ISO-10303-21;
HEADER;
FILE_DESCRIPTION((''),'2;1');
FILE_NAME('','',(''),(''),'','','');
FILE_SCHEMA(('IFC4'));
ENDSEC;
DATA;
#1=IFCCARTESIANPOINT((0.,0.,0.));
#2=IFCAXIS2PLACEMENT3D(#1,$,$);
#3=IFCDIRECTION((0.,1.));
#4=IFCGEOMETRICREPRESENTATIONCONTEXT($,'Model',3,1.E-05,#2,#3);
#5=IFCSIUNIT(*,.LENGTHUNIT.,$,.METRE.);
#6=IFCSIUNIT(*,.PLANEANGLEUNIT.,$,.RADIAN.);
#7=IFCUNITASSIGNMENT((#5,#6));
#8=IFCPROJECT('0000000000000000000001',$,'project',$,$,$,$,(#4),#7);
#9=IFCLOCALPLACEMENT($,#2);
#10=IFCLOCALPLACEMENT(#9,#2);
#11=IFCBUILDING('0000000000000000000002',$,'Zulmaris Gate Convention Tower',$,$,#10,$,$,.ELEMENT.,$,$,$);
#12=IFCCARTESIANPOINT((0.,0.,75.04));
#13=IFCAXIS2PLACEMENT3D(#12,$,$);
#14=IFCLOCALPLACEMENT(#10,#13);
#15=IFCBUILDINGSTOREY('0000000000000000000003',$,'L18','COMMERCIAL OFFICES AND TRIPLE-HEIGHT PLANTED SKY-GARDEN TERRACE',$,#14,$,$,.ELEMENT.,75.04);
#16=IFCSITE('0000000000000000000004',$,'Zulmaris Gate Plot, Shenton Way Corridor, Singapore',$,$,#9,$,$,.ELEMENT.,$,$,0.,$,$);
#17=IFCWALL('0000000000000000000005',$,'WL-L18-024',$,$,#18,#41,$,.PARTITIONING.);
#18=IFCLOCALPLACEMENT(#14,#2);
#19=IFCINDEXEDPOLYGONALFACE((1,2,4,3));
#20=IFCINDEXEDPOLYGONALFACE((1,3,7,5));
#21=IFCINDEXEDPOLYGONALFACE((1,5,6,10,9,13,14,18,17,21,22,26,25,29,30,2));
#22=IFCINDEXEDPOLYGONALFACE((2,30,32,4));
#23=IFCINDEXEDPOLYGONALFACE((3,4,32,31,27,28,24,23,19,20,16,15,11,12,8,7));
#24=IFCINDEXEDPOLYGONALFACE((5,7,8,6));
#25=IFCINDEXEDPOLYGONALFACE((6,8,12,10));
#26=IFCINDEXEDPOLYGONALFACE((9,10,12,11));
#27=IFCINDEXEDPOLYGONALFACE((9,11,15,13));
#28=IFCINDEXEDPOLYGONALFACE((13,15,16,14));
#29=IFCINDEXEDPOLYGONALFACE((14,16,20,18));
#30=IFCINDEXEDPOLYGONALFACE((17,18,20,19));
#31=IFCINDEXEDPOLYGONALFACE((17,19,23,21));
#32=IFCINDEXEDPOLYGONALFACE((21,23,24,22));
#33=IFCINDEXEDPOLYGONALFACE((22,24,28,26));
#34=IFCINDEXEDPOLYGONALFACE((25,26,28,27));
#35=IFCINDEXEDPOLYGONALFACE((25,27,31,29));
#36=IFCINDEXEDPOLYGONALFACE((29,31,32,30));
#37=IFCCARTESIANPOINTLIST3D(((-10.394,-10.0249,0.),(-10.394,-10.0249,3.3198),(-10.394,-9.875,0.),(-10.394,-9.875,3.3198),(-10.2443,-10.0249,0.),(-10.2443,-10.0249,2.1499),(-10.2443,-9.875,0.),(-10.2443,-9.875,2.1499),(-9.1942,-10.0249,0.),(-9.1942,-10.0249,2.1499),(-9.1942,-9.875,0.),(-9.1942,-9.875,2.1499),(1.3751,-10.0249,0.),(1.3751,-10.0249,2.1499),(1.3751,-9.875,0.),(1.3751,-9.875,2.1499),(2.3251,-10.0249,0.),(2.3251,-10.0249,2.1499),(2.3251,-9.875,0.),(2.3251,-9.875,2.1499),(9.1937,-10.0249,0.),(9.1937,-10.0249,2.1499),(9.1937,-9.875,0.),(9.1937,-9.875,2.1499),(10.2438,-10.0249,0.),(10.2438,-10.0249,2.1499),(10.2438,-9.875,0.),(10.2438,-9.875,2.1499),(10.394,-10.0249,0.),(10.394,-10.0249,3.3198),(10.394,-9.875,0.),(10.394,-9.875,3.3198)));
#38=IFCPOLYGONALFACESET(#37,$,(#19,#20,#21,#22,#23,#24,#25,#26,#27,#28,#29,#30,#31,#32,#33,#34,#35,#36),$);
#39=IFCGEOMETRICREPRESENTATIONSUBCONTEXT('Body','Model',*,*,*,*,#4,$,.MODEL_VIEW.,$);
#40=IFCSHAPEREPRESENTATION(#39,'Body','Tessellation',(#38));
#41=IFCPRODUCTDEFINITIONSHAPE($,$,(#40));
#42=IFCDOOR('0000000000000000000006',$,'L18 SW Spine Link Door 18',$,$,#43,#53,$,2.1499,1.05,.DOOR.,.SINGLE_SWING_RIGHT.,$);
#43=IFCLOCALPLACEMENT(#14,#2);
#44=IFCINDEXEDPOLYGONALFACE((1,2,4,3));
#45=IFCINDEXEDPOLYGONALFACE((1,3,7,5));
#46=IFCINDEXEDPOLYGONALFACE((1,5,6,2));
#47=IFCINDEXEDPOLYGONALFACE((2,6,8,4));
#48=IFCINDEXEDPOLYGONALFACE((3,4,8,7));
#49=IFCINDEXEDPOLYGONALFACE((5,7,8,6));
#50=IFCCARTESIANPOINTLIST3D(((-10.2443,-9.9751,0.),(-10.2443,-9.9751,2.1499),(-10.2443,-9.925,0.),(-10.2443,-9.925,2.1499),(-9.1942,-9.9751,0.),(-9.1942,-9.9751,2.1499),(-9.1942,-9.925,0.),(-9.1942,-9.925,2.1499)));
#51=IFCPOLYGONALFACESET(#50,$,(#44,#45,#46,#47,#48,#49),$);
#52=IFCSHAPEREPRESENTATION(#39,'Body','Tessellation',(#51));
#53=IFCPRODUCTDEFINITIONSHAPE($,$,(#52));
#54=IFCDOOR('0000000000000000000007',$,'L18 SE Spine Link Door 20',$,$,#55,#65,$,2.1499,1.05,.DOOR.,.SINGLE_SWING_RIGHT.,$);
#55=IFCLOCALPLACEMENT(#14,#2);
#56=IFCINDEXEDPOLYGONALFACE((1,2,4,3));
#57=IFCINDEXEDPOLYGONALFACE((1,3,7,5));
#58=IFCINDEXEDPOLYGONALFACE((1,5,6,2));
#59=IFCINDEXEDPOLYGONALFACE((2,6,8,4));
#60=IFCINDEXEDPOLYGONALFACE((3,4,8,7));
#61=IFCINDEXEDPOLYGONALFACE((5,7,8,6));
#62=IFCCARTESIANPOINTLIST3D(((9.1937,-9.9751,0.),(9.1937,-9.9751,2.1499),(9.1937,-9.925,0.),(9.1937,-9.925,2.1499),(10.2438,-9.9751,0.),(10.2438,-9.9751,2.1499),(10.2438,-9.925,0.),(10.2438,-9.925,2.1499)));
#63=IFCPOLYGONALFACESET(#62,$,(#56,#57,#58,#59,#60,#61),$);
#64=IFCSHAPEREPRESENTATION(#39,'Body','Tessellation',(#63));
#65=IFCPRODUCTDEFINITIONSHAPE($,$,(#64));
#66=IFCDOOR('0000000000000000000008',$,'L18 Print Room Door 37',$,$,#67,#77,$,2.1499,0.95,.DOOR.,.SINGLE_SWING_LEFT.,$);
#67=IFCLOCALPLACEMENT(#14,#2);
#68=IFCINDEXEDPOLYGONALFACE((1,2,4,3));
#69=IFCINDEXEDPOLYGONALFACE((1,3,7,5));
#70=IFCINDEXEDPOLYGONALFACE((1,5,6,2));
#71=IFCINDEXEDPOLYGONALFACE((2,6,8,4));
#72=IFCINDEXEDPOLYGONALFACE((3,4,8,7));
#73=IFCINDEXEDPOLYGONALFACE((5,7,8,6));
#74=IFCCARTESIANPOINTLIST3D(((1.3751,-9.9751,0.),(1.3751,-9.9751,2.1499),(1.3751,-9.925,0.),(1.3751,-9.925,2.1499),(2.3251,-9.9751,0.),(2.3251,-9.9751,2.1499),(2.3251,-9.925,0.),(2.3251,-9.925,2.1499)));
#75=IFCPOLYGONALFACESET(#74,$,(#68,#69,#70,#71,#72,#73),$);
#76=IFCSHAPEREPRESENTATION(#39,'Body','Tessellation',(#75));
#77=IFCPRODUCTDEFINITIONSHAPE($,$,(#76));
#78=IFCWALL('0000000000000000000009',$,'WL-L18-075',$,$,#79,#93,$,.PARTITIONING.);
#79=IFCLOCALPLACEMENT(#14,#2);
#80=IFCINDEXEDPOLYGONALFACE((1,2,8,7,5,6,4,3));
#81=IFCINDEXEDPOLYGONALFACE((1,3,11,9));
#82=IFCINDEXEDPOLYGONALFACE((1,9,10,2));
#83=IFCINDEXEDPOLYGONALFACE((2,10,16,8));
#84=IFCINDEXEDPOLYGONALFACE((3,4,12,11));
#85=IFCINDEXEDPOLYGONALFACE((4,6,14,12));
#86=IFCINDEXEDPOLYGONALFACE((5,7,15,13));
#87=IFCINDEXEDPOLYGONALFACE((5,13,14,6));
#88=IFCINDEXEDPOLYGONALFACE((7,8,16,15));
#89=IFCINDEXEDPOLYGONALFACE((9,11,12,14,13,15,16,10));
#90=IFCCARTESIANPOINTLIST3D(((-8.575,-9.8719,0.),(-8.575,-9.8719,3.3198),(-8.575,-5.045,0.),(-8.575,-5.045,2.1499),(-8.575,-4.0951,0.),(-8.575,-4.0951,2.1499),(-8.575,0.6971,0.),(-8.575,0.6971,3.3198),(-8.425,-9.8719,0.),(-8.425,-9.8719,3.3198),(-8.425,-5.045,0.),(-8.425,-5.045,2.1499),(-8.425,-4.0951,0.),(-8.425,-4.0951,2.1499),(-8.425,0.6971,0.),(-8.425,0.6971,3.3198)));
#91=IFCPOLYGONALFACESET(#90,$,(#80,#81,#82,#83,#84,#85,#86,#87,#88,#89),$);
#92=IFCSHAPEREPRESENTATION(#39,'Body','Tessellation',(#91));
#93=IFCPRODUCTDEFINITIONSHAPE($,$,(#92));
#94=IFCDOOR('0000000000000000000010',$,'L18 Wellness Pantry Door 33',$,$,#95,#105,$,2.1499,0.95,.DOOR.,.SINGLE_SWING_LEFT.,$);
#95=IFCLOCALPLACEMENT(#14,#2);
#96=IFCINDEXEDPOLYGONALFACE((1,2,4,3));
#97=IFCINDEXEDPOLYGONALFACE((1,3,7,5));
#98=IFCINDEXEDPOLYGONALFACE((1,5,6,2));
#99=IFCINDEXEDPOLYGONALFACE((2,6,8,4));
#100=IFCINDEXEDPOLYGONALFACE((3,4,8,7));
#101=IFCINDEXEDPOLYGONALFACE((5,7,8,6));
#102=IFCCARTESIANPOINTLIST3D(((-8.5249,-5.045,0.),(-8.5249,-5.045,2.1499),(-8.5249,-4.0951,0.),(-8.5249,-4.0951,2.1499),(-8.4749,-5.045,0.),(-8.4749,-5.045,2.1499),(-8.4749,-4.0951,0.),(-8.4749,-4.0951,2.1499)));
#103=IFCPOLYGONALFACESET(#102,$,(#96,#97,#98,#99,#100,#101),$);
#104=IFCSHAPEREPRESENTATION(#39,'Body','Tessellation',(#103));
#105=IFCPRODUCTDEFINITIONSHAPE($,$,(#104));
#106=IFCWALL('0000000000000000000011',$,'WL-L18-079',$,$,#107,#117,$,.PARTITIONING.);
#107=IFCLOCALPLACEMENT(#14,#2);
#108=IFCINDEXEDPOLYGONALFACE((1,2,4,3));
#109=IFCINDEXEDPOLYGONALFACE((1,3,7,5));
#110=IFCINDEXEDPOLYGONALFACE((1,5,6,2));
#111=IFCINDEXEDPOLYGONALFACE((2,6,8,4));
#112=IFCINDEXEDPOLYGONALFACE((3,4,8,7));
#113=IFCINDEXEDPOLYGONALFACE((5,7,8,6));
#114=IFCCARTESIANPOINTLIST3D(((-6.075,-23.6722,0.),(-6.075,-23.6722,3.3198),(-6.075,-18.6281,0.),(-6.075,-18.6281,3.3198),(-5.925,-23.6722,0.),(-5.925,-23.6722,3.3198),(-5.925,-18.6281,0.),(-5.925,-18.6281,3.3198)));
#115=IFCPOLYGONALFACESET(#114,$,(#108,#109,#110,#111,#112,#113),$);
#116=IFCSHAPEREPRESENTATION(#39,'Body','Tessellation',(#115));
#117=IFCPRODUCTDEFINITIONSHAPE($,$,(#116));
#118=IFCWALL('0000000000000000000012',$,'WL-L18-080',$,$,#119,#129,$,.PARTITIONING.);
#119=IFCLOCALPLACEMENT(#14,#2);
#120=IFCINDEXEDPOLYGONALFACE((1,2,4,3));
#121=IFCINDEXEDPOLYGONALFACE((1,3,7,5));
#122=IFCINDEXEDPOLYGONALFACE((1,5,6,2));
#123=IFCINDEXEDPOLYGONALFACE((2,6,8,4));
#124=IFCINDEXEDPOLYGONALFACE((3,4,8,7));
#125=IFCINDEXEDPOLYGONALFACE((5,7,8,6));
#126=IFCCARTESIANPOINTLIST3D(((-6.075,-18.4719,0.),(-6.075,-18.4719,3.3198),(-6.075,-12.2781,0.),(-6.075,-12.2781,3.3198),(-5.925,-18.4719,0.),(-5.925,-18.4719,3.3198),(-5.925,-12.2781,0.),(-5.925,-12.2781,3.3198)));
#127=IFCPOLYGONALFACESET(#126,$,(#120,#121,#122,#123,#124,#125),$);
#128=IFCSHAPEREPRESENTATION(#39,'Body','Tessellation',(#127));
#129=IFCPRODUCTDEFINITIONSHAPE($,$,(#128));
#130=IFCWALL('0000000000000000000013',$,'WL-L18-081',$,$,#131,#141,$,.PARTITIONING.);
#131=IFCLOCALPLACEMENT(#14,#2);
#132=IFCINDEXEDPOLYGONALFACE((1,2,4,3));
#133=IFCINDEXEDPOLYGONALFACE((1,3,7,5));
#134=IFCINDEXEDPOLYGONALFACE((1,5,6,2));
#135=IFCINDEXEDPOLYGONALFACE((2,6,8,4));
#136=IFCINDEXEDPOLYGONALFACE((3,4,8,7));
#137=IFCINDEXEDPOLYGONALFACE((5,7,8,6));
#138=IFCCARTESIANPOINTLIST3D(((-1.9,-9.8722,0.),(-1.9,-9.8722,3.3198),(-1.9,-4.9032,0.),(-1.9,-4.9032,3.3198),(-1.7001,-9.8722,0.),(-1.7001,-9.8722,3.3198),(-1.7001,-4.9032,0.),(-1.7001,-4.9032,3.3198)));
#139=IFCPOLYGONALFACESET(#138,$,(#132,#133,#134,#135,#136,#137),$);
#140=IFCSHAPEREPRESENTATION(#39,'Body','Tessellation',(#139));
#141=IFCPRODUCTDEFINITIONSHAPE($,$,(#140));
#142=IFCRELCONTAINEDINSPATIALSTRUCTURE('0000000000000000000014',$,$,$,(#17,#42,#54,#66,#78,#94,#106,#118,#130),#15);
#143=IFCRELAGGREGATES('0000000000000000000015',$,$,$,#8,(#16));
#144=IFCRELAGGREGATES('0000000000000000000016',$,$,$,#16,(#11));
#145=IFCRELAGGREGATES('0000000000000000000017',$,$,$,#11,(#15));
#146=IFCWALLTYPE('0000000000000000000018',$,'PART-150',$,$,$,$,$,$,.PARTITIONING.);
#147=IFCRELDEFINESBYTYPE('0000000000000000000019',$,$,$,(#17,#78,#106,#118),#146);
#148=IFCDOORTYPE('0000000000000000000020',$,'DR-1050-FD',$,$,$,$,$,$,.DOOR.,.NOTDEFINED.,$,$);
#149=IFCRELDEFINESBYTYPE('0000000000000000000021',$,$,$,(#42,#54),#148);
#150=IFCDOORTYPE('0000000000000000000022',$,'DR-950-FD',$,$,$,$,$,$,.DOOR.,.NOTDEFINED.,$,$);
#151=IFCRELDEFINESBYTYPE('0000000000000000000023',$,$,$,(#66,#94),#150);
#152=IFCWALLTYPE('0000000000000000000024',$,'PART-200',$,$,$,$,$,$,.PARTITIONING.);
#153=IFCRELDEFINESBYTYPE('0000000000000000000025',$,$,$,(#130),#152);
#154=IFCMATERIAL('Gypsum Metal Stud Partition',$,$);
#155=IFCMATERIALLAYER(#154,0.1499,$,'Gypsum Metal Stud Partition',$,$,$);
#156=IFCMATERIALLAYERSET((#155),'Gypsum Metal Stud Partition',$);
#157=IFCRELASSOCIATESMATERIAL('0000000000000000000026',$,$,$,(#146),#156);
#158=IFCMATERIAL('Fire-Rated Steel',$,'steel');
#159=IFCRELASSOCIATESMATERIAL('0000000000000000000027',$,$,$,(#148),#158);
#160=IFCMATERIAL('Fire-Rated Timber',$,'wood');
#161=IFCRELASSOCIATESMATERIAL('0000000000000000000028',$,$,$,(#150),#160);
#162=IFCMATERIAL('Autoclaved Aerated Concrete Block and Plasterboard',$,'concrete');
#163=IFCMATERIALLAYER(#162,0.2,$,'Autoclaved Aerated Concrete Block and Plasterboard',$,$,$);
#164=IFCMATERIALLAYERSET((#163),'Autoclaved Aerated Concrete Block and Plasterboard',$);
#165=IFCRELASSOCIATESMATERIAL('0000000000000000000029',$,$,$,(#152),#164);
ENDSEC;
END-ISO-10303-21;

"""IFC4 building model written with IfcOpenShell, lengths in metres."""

from ifc_helpers import new_model, si_unit, direction, frame, frame_2d, origin, place, context, subcontext, project, spatial, rectangle, extrude, material, layer, layer_set, type_object, element, fill, save


model = new_model("IFC4")

# Units and contexts
model_context = context("Model", 3, precision=1e-05, world=origin(), true_north=direction((0.0, 1.0)))
body_context = subcontext(model_context, "Body", "Model", "MODEL_VIEW")
ifc_project = project(units=[si_unit("LENGTHUNIT", "METRE"), si_unit("PLANEANGLEUNIT", "RADIAN")], contexts=[model_context])

# Site, building, storey
site_placement = place(None, origin())
site = spatial("IfcSite", under=ifc_project, at=site_placement, Name="Zulmaris Gate Plot, Shenton Way Corridor, Singapore", CompositionType="ELEMENT", RefElevation=0.0)
building_placement = place(site_placement, origin())
building = spatial("IfcBuilding", under=site, at=building_placement, Name="Zulmaris Gate Convention Tower", CompositionType="ELEMENT")
storey_placement = place(building_placement, frame((0.0, 0.0, 75.04)))
storey = spatial("IfcBuildingStorey", under=building, at=storey_placement, Name="L18", Description="COMMERCIAL OFFICES AND TRIPLE-HEIGHT PLANTED SKY-GARDEN TERRACE", CompositionType="ELEMENT", Elevation=75.04)

# Shared definitions
ifc_material_1 = material(Name="Gypsum Metal Stud Partition")
ifc_layer_1 = layer(ifc_material_1, 0.1499, Name="Gypsum Metal Stud Partition")
ifc_layer_set_1 = layer_set([ifc_layer_1], Name="Gypsum Metal Stud Partition")
wall_type_1 = type_object("IfcWallType", Name="PART-150", PredefinedType="PARTITIONING", material=ifc_layer_set_1)

# Wall, openings, doors
wall_1_placement = place(storey_placement, frame((-10.394, -9.95, 0.0), z_axis=(0.0, 0.0, 1.0), x_axis=(1.0, 0.0, 0.0)))
wall_1 = element("IfcWall", 1, at=wall_1_placement, inside=storey, type_object=wall_type_1, Name="WL-L18-024", PredefinedType="PARTITIONING", context=body_context, shape_type="SweptSolid", body=[
    extrude(rectangle(XDim=20.7881, YDim=0.1499, at=frame_2d((10.394, 0.0))), origin(), (0.0, 0.0, 1.0), 3.3198),
])
opening_1_placement = place(wall_1_placement, frame((0.1499, 0.0, 0.0)))
opening_1 = element("IfcOpeningElement", 2, at=opening_1_placement, cuts=wall_1, PredefinedType="OPENING", context=body_context, shape_type="SweptSolid", body=[
    extrude(rectangle(XDim=1.05, YDim=2.1499, at=frame_2d((0.5249, 1.075))), frame((0.0, 0.085, 0.0), z_axis=(0.0, -1.0, 0.0), x_axis=(1.0, 0.0, 0.0)), (0.0, 0.0, 1.0), 0.1699),
])
opening_2_placement = place(wall_1_placement, frame((19.5879, 0.0, 0.0)))
opening_2 = element("IfcOpeningElement", 3, at=opening_2_placement, cuts=wall_1, PredefinedType="OPENING", context=body_context, shape_type="SweptSolid", body=[
    extrude(rectangle(XDim=1.05, YDim=2.1499, at=frame_2d((0.5249, 1.075))), frame((0.0, 0.085, 0.0), z_axis=(0.0, -1.0, 0.0), x_axis=(1.0, 0.0, 0.0)), (0.0, 0.0, 1.0), 0.1699),
])
opening_3_placement = place(wall_1_placement, frame((11.769, 0.0, 0.0)))
opening_3 = element("IfcOpeningElement", 4, at=opening_3_placement, cuts=wall_1, PredefinedType="OPENING", context=body_context, shape_type="SweptSolid", body=[
    extrude(rectangle(XDim=0.95, YDim=2.1499, at=frame_2d((0.4751, 1.075))), frame((0.0, 0.085, 0.0), z_axis=(0.0, -1.0, 0.0), x_axis=(1.0, 0.0, 0.0)), (0.0, 0.0, 1.0), 0.1699),
])
ifc_material_2 = material(Name="Fire-Rated Steel", Category="steel")
door_type_1 = type_object("IfcDoorType", Name="DR-1050-FD", OperationType="NOTDEFINED", PredefinedType="DOOR", material=ifc_material_2)
door_1_placement = place(opening_1_placement, origin())
door_1 = element("IfcDoor", 5, at=door_1_placement, inside=storey, type_object=door_type_1, Name="L18 SW Spine Link Door 18", OperationType="SINGLE_SWING_RIGHT", OverallHeight=2.1499, OverallWidth=1.05, PredefinedType="DOOR", context=body_context, shape_type="SweptSolid", body=[
    extrude(rectangle(XDim=1.05, YDim=2.1499, at=frame_2d((0.5249, 1.075))), frame((0.0, 0.0249, 0.0), z_axis=(0.0, -1.0, 0.0), x_axis=(1.0, 0.0, 0.0)), (0.0, 0.0, 1.0), 0.05),
])
fill(opening_1, door_1)
door_2_placement = place(opening_2_placement, origin())
door_2 = element("IfcDoor", 6, at=door_2_placement, inside=storey, type_object=door_type_1, Name="L18 SE Spine Link Door 20", OperationType="SINGLE_SWING_RIGHT", OverallHeight=2.1499, OverallWidth=1.05, PredefinedType="DOOR", context=body_context, shape_type="SweptSolid", body=[
    extrude(rectangle(XDim=1.05, YDim=2.1499, at=frame_2d((0.5249, 1.075))), frame((0.0, 0.0249, 0.0), z_axis=(0.0, -1.0, 0.0), x_axis=(1.0, 0.0, 0.0)), (0.0, 0.0, 1.0), 0.05),
])
fill(opening_2, door_2)
ifc_material_3 = material(Name="Fire-Rated Timber", Category="wood")
door_type_2 = type_object("IfcDoorType", Name="DR-950-FD", OperationType="NOTDEFINED", PredefinedType="DOOR", material=ifc_material_3)
door_3_placement = place(opening_3_placement, origin())
door_3 = element("IfcDoor", 7, at=door_3_placement, inside=storey, type_object=door_type_2, Name="L18 Print Room Door 37", OperationType="SINGLE_SWING_LEFT", OverallHeight=2.1499, OverallWidth=0.95, PredefinedType="DOOR", context=body_context, shape_type="SweptSolid", body=[
    extrude(rectangle(XDim=0.95, YDim=2.1499, at=frame_2d((0.4751, 1.075))), frame((0.0, 0.0249, 0.0), z_axis=(0.0, -1.0, 0.0), x_axis=(1.0, 0.0, 0.0)), (0.0, 0.0, 1.0), 0.05),
])
fill(opening_3, door_3)

# Wall, opening, door
wall_2_placement = place(storey_placement, frame((-8.5, -9.8721, 0.0), z_axis=(0.0, 0.0, 1.0), x_axis=(0.0, 1.0, 0.0)))
wall_2 = element("IfcWall", 8, at=wall_2_placement, inside=storey, type_object=wall_type_1, Name="WL-L18-075", PredefinedType="PARTITIONING", context=body_context, shape_type="SweptSolid", body=[
    extrude(rectangle(XDim=10.5691, YDim=0.1499, at=frame_2d((5.2847, 0.0))), origin(), (0.0, 0.0, 1.0), 3.3198),
])
opening_4_placement = place(wall_2_placement, frame((4.8269, 0.0, 0.0)))
opening_4 = element("IfcOpeningElement", 9, at=opening_4_placement, cuts=wall_2, PredefinedType="OPENING", context=body_context, shape_type="SweptSolid", body=[
    extrude(rectangle(XDim=0.95, YDim=2.1499, at=frame_2d((0.4751, 1.075))), frame((0.0, 0.085, 0.0), z_axis=(0.0, -1.0, 0.0), x_axis=(1.0, 0.0, 0.0)), (0.0, 0.0, 1.0), 0.1699),
])
door_4_placement = place(opening_4_placement, origin())
door_4 = element("IfcDoor", 10, at=door_4_placement, inside=storey, type_object=door_type_2, Name="L18 Wellness Pantry Door 33", OperationType="SINGLE_SWING_LEFT", OverallHeight=2.1499, OverallWidth=0.95, PredefinedType="DOOR", context=body_context, shape_type="SweptSolid", body=[
    extrude(rectangle(XDim=0.95, YDim=2.1499, at=frame_2d((0.4751, 1.075))), frame((0.0, 0.0249, 0.0), z_axis=(0.0, -1.0, 0.0), x_axis=(1.0, 0.0, 0.0)), (0.0, 0.0, 1.0), 0.05),
])
fill(opening_4, door_4)

# Walls
wall_3_placement = place(storey_placement, frame((-6.0, -23.6721, 0.0), z_axis=(0.0, 0.0, 1.0), x_axis=(0.0, 1.0, 0.0)))
element("IfcWall", 11, at=wall_3_placement, inside=storey, type_object=wall_type_1, Name="WL-L18-079", PredefinedType="PARTITIONING", context=body_context, shape_type="SweptSolid", body=[
    extrude(rectangle(XDim=5.0442, YDim=0.1499, at=frame_2d((2.522, 0.0))), origin(), (0.0, 0.0, 1.0), 3.3198),
])
wall_4_placement = place(storey_placement, frame((-6.0, -18.4719, 0.0), z_axis=(0.0, 0.0, 1.0), x_axis=(0.0, 1.0, 0.0)))
element("IfcWall", 12, at=wall_4_placement, inside=storey, type_object=wall_type_1, Name="WL-L18-080", PredefinedType="PARTITIONING", context=body_context, shape_type="SweptSolid", body=[
    extrude(rectangle(XDim=6.1938, YDim=0.1499, at=frame_2d((3.0969, 0.0))), origin(), (0.0, 0.0, 1.0), 3.3198),
])
ifc_material_4 = material(Name="Autoclaved Aerated Concrete Block and Plasterboard", Category="concrete")
ifc_layer_2 = layer(ifc_material_4, 0.2, Name="Autoclaved Aerated Concrete Block and Plasterboard")
ifc_layer_set_2 = layer_set([ifc_layer_2], Name="Autoclaved Aerated Concrete Block and Plasterboard")
wall_type_2 = type_object("IfcWallType", Name="PART-200", PredefinedType="PARTITIONING", material=ifc_layer_set_2)
wall_5_placement = place(storey_placement, frame((-1.8, -9.8721, 0.0), z_axis=(0.0, 0.0, 1.0), x_axis=(0.0, 1.0, 0.0)))
element("IfcWall", 13, at=wall_5_placement, inside=storey, type_object=wall_type_2, Name="WL-L18-081", PredefinedType="PARTITIONING", context=body_context, shape_type="SweptSolid", body=[
    extrude(rectangle(XDim=4.969, YDim=0.2, at=frame_2d((2.4844, 0.0))), origin(), (0.0, 0.0, 1.0), 3.3198),
])

save(model, "model.ifc")
